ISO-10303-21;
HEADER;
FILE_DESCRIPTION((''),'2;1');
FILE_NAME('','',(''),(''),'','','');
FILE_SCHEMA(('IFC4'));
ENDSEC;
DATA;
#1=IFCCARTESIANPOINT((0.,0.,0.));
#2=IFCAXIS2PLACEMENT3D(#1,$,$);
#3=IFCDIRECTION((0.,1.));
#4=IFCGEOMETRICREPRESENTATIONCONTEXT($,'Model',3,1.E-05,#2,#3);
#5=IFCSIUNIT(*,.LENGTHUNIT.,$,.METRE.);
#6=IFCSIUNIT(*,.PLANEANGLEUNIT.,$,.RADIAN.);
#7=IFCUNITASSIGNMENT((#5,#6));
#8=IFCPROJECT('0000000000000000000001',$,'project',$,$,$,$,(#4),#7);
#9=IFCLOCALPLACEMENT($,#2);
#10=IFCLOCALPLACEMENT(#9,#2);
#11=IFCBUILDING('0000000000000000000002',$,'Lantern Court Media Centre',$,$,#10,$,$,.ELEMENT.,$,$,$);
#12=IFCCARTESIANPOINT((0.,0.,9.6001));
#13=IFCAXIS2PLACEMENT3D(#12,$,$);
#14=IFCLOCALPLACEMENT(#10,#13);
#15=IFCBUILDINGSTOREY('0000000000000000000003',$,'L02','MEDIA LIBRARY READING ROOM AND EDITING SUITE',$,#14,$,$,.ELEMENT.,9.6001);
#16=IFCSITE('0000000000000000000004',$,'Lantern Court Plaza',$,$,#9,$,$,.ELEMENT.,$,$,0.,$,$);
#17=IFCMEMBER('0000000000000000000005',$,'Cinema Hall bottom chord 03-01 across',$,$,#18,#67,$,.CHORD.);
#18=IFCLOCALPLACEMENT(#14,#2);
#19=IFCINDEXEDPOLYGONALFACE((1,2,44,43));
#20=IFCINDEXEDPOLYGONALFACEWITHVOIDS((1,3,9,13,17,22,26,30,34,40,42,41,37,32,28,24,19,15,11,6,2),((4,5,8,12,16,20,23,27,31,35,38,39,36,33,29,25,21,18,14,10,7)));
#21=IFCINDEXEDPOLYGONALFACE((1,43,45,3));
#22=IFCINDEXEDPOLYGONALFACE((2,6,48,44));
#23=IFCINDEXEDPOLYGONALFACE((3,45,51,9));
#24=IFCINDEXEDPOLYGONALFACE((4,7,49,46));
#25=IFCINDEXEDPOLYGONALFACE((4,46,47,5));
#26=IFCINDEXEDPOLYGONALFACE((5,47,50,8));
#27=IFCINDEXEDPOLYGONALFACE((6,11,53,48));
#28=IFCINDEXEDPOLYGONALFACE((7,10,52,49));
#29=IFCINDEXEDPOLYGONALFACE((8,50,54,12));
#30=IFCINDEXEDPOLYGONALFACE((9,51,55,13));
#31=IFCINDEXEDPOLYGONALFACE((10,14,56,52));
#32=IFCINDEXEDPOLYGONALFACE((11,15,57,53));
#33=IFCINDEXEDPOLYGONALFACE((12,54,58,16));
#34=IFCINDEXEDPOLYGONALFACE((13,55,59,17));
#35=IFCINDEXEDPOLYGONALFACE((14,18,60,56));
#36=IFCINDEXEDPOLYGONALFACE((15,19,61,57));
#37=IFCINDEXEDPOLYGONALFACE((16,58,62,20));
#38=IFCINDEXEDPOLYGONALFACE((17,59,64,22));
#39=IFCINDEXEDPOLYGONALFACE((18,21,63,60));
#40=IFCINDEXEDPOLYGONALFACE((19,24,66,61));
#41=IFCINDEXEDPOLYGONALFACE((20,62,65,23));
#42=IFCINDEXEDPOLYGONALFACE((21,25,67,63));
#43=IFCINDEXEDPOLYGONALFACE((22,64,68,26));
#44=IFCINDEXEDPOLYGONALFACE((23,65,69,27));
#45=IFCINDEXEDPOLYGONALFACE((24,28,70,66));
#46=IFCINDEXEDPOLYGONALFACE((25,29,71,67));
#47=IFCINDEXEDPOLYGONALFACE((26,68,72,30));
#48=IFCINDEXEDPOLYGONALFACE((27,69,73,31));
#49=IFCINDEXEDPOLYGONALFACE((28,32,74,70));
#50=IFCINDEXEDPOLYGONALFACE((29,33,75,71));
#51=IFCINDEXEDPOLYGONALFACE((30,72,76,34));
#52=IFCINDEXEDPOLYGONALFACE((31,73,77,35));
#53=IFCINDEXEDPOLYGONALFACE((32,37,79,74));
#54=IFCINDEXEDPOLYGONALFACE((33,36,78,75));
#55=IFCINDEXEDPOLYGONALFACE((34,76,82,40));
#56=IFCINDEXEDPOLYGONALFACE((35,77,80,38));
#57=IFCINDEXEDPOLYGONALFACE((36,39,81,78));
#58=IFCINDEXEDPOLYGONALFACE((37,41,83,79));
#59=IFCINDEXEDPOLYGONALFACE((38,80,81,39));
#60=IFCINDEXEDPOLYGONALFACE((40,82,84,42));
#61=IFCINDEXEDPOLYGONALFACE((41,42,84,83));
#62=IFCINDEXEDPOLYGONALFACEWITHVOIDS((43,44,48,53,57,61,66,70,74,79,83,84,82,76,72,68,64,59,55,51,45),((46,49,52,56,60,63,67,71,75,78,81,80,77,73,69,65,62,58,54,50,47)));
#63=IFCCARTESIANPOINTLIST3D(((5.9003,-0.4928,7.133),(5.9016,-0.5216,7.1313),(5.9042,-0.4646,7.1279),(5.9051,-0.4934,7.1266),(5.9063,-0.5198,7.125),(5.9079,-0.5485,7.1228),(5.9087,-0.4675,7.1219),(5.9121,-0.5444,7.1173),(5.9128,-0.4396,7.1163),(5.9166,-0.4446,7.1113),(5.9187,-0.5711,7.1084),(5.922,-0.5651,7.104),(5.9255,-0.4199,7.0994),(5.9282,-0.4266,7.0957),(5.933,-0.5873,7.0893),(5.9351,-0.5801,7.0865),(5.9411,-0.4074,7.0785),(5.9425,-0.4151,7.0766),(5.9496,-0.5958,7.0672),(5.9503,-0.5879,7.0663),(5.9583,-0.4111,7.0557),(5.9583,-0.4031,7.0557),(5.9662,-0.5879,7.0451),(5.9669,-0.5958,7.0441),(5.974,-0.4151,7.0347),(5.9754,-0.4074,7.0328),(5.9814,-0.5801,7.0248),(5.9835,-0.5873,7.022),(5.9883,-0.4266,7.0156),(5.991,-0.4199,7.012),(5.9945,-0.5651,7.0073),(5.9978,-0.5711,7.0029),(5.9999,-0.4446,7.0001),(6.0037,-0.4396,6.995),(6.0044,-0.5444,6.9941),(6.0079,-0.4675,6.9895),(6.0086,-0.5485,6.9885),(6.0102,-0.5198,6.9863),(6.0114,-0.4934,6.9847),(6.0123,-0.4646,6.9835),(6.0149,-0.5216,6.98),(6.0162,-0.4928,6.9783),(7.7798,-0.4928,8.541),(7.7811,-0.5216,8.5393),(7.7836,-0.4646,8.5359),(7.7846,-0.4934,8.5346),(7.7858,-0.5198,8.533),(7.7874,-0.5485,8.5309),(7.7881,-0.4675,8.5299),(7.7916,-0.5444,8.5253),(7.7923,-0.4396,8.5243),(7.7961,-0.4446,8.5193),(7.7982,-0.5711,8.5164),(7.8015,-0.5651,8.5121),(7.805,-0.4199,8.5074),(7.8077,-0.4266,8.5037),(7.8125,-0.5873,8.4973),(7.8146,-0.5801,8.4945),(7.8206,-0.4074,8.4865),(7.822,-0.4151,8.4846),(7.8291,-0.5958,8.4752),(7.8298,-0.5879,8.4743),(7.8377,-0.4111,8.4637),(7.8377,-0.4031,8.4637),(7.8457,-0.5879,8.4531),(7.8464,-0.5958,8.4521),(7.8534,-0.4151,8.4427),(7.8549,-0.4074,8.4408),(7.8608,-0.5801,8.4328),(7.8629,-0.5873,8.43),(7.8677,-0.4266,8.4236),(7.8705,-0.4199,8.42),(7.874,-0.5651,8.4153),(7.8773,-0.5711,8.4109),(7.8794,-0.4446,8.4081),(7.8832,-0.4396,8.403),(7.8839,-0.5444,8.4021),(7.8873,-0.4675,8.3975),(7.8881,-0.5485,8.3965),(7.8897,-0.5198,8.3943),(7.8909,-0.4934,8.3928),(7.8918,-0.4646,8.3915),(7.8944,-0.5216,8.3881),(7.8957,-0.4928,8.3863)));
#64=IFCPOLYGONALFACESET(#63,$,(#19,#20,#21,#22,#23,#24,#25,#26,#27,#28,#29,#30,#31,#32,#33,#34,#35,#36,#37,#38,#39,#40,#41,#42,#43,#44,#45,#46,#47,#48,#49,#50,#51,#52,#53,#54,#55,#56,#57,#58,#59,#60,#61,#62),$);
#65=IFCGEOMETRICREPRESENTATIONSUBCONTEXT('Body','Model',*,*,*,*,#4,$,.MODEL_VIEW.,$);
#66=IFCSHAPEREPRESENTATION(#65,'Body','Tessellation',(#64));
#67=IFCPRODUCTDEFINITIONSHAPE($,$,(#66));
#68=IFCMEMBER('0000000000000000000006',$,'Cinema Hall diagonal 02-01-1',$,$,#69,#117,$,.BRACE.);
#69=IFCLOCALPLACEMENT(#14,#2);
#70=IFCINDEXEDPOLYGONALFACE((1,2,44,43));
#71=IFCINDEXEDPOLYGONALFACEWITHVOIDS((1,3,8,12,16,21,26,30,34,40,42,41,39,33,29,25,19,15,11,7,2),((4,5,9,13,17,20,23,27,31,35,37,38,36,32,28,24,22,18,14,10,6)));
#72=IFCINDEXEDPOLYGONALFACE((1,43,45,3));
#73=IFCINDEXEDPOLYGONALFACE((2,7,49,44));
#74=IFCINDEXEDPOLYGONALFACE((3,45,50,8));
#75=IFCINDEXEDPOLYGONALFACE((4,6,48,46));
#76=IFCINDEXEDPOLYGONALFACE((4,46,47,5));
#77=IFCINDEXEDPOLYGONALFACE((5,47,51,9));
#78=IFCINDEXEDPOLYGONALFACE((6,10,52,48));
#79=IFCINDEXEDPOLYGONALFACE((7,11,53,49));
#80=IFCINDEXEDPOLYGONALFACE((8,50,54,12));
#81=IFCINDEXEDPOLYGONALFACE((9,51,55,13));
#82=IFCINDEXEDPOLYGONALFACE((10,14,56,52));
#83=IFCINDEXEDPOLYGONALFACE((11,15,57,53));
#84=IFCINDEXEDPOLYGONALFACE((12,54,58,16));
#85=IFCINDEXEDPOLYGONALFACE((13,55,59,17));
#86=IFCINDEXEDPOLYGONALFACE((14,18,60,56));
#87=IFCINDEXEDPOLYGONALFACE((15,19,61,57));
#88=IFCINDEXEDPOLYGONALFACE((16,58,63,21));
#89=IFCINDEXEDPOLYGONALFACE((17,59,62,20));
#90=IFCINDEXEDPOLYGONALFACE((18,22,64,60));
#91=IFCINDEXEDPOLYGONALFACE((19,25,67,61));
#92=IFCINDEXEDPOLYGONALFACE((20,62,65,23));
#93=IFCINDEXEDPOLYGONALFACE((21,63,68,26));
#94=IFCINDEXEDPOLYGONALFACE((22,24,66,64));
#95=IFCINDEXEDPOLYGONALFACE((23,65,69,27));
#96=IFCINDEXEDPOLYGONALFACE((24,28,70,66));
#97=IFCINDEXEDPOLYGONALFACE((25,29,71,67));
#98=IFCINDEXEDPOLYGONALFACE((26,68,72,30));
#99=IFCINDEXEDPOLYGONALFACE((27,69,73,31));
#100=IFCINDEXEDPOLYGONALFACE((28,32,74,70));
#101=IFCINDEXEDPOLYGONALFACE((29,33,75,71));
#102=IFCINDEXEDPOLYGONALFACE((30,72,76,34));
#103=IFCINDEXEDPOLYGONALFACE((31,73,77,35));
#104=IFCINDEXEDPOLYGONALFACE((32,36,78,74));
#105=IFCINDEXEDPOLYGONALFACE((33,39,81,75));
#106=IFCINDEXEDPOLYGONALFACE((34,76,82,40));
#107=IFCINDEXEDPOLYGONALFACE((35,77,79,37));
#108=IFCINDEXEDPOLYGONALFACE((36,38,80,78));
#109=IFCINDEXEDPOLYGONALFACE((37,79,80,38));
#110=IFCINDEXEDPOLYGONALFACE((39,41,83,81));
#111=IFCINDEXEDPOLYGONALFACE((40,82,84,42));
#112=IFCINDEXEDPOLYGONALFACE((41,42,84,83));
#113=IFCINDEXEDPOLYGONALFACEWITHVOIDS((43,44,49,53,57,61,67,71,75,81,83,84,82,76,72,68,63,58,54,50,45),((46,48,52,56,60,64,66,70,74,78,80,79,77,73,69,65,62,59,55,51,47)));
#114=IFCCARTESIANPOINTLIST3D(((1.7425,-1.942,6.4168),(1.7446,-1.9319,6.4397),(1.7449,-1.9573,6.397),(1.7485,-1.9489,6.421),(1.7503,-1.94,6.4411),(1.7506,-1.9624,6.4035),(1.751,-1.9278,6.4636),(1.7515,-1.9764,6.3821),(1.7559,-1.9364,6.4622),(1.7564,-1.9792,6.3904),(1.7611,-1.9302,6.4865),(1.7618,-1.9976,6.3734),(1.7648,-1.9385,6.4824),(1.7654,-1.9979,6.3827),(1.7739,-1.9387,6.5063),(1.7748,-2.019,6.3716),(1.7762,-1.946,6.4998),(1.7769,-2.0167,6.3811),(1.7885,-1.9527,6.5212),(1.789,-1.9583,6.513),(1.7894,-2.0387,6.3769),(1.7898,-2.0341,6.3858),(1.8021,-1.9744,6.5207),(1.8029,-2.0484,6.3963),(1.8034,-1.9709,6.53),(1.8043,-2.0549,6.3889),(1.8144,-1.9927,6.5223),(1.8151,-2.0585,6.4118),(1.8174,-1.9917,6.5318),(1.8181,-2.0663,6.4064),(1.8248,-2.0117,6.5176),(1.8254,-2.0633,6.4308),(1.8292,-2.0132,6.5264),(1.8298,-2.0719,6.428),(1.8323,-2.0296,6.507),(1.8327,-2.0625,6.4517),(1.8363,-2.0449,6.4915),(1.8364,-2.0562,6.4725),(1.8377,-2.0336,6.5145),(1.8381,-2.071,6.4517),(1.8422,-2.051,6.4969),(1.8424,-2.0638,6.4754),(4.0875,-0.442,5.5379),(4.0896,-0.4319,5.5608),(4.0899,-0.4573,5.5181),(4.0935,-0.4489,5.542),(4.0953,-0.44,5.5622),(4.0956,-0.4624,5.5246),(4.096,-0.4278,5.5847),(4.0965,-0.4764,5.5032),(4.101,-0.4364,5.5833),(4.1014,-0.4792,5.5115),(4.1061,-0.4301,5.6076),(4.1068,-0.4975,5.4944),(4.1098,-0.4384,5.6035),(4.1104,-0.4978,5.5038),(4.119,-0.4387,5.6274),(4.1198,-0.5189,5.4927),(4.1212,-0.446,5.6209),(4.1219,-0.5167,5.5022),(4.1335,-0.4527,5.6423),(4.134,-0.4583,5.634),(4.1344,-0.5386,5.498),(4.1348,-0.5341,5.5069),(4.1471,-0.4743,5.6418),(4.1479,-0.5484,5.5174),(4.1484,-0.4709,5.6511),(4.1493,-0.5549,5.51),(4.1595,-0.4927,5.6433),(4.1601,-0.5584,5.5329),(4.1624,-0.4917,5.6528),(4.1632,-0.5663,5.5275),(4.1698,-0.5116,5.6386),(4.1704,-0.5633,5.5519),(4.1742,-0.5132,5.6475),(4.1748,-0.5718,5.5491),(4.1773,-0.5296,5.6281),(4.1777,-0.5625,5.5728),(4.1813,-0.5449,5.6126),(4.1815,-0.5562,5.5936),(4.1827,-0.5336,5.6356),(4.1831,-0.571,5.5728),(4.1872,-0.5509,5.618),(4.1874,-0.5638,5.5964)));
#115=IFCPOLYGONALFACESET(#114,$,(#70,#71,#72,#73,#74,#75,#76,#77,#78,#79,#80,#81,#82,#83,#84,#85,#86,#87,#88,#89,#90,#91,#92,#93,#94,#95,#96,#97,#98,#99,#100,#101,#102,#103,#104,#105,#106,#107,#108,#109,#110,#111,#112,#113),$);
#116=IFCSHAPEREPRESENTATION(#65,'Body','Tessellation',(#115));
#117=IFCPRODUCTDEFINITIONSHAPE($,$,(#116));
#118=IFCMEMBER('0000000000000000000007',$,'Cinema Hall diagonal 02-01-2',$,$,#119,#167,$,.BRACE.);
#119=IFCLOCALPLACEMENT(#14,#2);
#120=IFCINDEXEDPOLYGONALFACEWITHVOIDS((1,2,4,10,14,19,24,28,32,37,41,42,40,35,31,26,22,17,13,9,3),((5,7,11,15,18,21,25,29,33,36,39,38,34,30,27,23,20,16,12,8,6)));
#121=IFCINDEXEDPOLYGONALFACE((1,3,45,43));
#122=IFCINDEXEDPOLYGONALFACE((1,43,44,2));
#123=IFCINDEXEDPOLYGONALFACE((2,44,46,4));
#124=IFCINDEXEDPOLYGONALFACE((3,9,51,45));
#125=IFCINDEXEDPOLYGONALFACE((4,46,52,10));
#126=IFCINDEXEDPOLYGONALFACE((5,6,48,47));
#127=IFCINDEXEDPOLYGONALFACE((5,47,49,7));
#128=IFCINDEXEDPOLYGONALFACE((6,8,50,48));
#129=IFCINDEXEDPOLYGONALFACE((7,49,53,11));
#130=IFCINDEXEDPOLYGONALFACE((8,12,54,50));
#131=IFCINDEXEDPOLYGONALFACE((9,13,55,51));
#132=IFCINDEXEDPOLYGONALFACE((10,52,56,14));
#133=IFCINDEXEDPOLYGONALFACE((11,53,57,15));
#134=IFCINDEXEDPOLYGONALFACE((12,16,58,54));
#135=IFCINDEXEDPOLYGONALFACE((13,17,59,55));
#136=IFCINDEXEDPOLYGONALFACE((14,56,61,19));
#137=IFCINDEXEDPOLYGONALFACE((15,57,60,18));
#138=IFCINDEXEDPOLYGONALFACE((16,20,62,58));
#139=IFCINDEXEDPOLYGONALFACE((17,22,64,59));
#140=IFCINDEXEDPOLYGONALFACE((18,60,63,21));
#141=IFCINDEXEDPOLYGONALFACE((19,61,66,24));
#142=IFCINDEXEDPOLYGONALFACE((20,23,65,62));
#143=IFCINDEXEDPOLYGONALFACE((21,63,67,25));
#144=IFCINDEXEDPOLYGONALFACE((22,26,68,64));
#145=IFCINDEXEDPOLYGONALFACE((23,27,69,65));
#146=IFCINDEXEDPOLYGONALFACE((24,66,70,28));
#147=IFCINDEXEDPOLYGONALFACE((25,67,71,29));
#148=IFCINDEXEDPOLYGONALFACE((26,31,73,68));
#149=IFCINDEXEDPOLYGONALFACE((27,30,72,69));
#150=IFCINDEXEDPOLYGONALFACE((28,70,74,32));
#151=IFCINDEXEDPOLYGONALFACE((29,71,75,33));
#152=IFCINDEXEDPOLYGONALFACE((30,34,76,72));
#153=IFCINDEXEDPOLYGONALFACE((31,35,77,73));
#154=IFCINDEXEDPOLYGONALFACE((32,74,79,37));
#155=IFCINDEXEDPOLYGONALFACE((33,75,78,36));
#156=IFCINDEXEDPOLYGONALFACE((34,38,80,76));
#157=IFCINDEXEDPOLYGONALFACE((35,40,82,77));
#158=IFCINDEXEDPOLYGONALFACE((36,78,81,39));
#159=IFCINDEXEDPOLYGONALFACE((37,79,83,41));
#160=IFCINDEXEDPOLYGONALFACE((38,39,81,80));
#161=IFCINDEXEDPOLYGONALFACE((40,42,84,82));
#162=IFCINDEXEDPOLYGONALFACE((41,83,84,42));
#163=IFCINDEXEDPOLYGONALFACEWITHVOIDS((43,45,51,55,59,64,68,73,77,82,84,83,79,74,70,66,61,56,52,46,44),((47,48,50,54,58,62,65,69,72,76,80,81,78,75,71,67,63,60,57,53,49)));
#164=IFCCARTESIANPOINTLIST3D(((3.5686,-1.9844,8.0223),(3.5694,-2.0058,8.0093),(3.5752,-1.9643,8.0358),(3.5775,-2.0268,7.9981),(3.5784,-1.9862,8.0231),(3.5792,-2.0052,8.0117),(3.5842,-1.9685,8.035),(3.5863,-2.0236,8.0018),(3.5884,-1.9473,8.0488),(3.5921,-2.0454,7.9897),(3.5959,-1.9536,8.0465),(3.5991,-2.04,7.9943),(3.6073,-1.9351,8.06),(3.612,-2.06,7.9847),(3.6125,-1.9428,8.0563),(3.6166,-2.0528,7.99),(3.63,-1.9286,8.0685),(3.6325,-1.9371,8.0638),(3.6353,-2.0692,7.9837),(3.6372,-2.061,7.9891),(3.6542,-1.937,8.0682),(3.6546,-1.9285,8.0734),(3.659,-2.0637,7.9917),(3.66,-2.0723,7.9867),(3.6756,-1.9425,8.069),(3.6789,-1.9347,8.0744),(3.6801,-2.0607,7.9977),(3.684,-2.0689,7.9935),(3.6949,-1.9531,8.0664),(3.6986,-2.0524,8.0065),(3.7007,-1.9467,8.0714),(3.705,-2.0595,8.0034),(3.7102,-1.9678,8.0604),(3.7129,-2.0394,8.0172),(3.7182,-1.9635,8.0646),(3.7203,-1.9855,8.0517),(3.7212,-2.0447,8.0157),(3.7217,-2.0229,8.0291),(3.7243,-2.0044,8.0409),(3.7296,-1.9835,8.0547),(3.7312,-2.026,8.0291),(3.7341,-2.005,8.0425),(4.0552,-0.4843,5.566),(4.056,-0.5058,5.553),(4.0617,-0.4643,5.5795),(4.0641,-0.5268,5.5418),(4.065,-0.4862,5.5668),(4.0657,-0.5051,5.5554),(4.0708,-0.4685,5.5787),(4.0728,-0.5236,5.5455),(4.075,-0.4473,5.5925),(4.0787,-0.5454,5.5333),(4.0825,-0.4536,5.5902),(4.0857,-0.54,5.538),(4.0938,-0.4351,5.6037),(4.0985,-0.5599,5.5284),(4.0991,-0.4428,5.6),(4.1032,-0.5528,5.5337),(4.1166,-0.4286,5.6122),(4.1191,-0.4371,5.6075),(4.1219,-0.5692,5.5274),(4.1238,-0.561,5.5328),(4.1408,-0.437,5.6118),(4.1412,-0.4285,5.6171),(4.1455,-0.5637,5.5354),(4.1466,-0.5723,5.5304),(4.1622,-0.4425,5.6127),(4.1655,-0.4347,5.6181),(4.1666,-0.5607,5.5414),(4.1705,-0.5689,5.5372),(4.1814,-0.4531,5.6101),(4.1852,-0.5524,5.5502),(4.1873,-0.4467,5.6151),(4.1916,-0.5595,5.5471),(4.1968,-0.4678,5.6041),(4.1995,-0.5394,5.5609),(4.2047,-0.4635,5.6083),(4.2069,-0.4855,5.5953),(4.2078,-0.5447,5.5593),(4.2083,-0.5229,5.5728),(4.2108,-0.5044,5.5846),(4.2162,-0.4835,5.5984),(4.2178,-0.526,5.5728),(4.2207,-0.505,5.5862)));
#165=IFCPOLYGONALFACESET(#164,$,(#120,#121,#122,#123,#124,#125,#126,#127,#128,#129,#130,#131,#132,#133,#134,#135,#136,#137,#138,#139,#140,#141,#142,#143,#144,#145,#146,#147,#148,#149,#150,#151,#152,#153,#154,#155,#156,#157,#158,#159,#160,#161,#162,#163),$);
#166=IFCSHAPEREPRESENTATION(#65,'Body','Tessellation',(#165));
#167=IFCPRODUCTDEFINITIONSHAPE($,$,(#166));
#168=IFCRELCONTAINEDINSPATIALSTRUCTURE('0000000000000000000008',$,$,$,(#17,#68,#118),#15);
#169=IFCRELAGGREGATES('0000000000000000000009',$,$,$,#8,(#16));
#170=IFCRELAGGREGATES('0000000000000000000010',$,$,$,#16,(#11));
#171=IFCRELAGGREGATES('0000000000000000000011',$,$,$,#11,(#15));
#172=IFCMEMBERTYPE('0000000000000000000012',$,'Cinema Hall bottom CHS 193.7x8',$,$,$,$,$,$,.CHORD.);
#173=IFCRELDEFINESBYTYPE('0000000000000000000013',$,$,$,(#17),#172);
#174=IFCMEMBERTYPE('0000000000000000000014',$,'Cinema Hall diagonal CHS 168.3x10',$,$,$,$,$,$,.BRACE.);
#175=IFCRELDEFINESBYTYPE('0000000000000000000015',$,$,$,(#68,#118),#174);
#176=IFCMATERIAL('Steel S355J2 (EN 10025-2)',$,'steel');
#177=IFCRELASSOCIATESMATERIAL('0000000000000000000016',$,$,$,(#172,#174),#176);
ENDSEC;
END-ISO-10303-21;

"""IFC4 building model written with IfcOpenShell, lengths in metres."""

from ifc_helpers import new_model, si_unit, direction, frame, origin, origin_2d, place, context, subcontext, project, spatial, hollow_circle, extrude, material, material_profile, profile_set, type_object, element, save


model = new_model("IFC4")

# Units and contexts
model_context = context("Model", 3, precision=1e-05, world=origin(), true_north=direction((0.0, 1.0)))
body_context = subcontext(model_context, "Body", "Model", "MODEL_VIEW")
ifc_project = project(units=[si_unit("LENGTHUNIT", "METRE"), si_unit("PLANEANGLEUNIT", "RADIAN")], contexts=[model_context])

# Site, building, storey
site_placement = place(None, origin())
site = spatial("IfcSite", under=ifc_project, at=site_placement, Name="Lantern Court Plaza", CompositionType="ELEMENT", RefElevation=0.0)
building_placement = place(site_placement, origin())
building = spatial("IfcBuilding", under=site, at=building_placement, Name="Lantern Court Media Centre", CompositionType="ELEMENT")
storey_placement = place(building_placement, frame((0.0, 0.0, 9.6001)))
storey = spatial("IfcBuildingStorey", under=building, at=storey_placement, Name="L02", Description="MEDIA LIBRARY READING ROOM AND EDITING SUITE", CompositionType="ELEMENT", Elevation=9.6001)

# Members
ifc_material = material(Name="Steel S355J2 (EN 10025-2)", Category="steel")
ifc_material_profile_1 = material_profile(ifc_material, hollow_circle(Radius=0.0969, WallThickness=0.0081, at=origin_2d()), Name="Cinema Hall bottom CHS 193.7x8")
ifc_profile_set_1 = profile_set([ifc_material_profile_1], Name="Steel S355J2 (EN 10025-2)")
member_type_1 = type_object("IfcMemberType", Name="Cinema Hall bottom CHS 193.7x8", PredefinedType="CHORD", material=ifc_profile_set_1)
member_1_placement = place(storey_placement, frame((5.9583, -0.5, 7.0557), z_axis=(0.800324, 0.0, 0.599567), x_axis=(0.0, 1.0, 0.0)))
element("IfcMember", 1, at=member_1_placement, inside=storey, type_object=member_type_1, Name="Cinema Hall bottom chord 03-01 across", PredefinedType="CHORD", context=body_context, shape_type="SweptSolid", body=[
    extrude(hollow_circle(Radius=0.0969, WallThickness=0.0081, at=origin_2d()), origin(), (0.0, 0.0, 1.0), 2.3484),
])
ifc_material_profile_2 = material_profile(ifc_material, hollow_circle(Radius=0.0842, WallThickness=0.01, at=origin_2d()), Name="Cinema Hall diagonal CHS 168.3x10")
ifc_profile_set_2 = profile_set([ifc_material_profile_2], Name="Steel S355J2 (EN 10025-2)")
member_type_2 = type_object("IfcMemberType", Name="Cinema Hall diagonal CHS 168.3x10", PredefinedType="BRACE", material=ifc_profile_set_2)
member_2_placement = place(storey_placement, frame((4.1377, -0.5, 5.5728), z_axis=(-0.803309, -0.51385, 0.301084), x_axis=(0.538855, -0.842399, 0.0)))
element("IfcMember", 2, at=member_2_placement, inside=storey, type_object=member_type_2, Name="Cinema Hall diagonal 02-01-1", PredefinedType="BRACE", context=body_context, shape_type="SweptSolid", body=[
    extrude(hollow_circle(Radius=0.0842, WallThickness=0.01, at=origin_2d()), origin(), (0.0, 0.0, 1.0), 2.9192),
])
for number, where, z_axis, x_axis, name in (
    (3, (4.1377, -0.5, 5.5728), (-0.166695, -0.513887, 0.841506), (0.951207, -0.308554, 0.0), "Cinema Hall diagonal 02-01-2"),
):
    element("IfcMember", number, at=place(storey_placement, frame(where, z_axis=z_axis, x_axis=x_axis)), inside=storey, type_object=member_type_2, Name=name, PredefinedType="BRACE", context=body_context, shape_type="SweptSolid", body=[
        extrude(hollow_circle(Radius=0.0842, WallThickness=0.01, at=origin_2d()), origin(), (0.0, 0.0, 1.0), 2.9189),
    ])

save(model, "model.ifc")
